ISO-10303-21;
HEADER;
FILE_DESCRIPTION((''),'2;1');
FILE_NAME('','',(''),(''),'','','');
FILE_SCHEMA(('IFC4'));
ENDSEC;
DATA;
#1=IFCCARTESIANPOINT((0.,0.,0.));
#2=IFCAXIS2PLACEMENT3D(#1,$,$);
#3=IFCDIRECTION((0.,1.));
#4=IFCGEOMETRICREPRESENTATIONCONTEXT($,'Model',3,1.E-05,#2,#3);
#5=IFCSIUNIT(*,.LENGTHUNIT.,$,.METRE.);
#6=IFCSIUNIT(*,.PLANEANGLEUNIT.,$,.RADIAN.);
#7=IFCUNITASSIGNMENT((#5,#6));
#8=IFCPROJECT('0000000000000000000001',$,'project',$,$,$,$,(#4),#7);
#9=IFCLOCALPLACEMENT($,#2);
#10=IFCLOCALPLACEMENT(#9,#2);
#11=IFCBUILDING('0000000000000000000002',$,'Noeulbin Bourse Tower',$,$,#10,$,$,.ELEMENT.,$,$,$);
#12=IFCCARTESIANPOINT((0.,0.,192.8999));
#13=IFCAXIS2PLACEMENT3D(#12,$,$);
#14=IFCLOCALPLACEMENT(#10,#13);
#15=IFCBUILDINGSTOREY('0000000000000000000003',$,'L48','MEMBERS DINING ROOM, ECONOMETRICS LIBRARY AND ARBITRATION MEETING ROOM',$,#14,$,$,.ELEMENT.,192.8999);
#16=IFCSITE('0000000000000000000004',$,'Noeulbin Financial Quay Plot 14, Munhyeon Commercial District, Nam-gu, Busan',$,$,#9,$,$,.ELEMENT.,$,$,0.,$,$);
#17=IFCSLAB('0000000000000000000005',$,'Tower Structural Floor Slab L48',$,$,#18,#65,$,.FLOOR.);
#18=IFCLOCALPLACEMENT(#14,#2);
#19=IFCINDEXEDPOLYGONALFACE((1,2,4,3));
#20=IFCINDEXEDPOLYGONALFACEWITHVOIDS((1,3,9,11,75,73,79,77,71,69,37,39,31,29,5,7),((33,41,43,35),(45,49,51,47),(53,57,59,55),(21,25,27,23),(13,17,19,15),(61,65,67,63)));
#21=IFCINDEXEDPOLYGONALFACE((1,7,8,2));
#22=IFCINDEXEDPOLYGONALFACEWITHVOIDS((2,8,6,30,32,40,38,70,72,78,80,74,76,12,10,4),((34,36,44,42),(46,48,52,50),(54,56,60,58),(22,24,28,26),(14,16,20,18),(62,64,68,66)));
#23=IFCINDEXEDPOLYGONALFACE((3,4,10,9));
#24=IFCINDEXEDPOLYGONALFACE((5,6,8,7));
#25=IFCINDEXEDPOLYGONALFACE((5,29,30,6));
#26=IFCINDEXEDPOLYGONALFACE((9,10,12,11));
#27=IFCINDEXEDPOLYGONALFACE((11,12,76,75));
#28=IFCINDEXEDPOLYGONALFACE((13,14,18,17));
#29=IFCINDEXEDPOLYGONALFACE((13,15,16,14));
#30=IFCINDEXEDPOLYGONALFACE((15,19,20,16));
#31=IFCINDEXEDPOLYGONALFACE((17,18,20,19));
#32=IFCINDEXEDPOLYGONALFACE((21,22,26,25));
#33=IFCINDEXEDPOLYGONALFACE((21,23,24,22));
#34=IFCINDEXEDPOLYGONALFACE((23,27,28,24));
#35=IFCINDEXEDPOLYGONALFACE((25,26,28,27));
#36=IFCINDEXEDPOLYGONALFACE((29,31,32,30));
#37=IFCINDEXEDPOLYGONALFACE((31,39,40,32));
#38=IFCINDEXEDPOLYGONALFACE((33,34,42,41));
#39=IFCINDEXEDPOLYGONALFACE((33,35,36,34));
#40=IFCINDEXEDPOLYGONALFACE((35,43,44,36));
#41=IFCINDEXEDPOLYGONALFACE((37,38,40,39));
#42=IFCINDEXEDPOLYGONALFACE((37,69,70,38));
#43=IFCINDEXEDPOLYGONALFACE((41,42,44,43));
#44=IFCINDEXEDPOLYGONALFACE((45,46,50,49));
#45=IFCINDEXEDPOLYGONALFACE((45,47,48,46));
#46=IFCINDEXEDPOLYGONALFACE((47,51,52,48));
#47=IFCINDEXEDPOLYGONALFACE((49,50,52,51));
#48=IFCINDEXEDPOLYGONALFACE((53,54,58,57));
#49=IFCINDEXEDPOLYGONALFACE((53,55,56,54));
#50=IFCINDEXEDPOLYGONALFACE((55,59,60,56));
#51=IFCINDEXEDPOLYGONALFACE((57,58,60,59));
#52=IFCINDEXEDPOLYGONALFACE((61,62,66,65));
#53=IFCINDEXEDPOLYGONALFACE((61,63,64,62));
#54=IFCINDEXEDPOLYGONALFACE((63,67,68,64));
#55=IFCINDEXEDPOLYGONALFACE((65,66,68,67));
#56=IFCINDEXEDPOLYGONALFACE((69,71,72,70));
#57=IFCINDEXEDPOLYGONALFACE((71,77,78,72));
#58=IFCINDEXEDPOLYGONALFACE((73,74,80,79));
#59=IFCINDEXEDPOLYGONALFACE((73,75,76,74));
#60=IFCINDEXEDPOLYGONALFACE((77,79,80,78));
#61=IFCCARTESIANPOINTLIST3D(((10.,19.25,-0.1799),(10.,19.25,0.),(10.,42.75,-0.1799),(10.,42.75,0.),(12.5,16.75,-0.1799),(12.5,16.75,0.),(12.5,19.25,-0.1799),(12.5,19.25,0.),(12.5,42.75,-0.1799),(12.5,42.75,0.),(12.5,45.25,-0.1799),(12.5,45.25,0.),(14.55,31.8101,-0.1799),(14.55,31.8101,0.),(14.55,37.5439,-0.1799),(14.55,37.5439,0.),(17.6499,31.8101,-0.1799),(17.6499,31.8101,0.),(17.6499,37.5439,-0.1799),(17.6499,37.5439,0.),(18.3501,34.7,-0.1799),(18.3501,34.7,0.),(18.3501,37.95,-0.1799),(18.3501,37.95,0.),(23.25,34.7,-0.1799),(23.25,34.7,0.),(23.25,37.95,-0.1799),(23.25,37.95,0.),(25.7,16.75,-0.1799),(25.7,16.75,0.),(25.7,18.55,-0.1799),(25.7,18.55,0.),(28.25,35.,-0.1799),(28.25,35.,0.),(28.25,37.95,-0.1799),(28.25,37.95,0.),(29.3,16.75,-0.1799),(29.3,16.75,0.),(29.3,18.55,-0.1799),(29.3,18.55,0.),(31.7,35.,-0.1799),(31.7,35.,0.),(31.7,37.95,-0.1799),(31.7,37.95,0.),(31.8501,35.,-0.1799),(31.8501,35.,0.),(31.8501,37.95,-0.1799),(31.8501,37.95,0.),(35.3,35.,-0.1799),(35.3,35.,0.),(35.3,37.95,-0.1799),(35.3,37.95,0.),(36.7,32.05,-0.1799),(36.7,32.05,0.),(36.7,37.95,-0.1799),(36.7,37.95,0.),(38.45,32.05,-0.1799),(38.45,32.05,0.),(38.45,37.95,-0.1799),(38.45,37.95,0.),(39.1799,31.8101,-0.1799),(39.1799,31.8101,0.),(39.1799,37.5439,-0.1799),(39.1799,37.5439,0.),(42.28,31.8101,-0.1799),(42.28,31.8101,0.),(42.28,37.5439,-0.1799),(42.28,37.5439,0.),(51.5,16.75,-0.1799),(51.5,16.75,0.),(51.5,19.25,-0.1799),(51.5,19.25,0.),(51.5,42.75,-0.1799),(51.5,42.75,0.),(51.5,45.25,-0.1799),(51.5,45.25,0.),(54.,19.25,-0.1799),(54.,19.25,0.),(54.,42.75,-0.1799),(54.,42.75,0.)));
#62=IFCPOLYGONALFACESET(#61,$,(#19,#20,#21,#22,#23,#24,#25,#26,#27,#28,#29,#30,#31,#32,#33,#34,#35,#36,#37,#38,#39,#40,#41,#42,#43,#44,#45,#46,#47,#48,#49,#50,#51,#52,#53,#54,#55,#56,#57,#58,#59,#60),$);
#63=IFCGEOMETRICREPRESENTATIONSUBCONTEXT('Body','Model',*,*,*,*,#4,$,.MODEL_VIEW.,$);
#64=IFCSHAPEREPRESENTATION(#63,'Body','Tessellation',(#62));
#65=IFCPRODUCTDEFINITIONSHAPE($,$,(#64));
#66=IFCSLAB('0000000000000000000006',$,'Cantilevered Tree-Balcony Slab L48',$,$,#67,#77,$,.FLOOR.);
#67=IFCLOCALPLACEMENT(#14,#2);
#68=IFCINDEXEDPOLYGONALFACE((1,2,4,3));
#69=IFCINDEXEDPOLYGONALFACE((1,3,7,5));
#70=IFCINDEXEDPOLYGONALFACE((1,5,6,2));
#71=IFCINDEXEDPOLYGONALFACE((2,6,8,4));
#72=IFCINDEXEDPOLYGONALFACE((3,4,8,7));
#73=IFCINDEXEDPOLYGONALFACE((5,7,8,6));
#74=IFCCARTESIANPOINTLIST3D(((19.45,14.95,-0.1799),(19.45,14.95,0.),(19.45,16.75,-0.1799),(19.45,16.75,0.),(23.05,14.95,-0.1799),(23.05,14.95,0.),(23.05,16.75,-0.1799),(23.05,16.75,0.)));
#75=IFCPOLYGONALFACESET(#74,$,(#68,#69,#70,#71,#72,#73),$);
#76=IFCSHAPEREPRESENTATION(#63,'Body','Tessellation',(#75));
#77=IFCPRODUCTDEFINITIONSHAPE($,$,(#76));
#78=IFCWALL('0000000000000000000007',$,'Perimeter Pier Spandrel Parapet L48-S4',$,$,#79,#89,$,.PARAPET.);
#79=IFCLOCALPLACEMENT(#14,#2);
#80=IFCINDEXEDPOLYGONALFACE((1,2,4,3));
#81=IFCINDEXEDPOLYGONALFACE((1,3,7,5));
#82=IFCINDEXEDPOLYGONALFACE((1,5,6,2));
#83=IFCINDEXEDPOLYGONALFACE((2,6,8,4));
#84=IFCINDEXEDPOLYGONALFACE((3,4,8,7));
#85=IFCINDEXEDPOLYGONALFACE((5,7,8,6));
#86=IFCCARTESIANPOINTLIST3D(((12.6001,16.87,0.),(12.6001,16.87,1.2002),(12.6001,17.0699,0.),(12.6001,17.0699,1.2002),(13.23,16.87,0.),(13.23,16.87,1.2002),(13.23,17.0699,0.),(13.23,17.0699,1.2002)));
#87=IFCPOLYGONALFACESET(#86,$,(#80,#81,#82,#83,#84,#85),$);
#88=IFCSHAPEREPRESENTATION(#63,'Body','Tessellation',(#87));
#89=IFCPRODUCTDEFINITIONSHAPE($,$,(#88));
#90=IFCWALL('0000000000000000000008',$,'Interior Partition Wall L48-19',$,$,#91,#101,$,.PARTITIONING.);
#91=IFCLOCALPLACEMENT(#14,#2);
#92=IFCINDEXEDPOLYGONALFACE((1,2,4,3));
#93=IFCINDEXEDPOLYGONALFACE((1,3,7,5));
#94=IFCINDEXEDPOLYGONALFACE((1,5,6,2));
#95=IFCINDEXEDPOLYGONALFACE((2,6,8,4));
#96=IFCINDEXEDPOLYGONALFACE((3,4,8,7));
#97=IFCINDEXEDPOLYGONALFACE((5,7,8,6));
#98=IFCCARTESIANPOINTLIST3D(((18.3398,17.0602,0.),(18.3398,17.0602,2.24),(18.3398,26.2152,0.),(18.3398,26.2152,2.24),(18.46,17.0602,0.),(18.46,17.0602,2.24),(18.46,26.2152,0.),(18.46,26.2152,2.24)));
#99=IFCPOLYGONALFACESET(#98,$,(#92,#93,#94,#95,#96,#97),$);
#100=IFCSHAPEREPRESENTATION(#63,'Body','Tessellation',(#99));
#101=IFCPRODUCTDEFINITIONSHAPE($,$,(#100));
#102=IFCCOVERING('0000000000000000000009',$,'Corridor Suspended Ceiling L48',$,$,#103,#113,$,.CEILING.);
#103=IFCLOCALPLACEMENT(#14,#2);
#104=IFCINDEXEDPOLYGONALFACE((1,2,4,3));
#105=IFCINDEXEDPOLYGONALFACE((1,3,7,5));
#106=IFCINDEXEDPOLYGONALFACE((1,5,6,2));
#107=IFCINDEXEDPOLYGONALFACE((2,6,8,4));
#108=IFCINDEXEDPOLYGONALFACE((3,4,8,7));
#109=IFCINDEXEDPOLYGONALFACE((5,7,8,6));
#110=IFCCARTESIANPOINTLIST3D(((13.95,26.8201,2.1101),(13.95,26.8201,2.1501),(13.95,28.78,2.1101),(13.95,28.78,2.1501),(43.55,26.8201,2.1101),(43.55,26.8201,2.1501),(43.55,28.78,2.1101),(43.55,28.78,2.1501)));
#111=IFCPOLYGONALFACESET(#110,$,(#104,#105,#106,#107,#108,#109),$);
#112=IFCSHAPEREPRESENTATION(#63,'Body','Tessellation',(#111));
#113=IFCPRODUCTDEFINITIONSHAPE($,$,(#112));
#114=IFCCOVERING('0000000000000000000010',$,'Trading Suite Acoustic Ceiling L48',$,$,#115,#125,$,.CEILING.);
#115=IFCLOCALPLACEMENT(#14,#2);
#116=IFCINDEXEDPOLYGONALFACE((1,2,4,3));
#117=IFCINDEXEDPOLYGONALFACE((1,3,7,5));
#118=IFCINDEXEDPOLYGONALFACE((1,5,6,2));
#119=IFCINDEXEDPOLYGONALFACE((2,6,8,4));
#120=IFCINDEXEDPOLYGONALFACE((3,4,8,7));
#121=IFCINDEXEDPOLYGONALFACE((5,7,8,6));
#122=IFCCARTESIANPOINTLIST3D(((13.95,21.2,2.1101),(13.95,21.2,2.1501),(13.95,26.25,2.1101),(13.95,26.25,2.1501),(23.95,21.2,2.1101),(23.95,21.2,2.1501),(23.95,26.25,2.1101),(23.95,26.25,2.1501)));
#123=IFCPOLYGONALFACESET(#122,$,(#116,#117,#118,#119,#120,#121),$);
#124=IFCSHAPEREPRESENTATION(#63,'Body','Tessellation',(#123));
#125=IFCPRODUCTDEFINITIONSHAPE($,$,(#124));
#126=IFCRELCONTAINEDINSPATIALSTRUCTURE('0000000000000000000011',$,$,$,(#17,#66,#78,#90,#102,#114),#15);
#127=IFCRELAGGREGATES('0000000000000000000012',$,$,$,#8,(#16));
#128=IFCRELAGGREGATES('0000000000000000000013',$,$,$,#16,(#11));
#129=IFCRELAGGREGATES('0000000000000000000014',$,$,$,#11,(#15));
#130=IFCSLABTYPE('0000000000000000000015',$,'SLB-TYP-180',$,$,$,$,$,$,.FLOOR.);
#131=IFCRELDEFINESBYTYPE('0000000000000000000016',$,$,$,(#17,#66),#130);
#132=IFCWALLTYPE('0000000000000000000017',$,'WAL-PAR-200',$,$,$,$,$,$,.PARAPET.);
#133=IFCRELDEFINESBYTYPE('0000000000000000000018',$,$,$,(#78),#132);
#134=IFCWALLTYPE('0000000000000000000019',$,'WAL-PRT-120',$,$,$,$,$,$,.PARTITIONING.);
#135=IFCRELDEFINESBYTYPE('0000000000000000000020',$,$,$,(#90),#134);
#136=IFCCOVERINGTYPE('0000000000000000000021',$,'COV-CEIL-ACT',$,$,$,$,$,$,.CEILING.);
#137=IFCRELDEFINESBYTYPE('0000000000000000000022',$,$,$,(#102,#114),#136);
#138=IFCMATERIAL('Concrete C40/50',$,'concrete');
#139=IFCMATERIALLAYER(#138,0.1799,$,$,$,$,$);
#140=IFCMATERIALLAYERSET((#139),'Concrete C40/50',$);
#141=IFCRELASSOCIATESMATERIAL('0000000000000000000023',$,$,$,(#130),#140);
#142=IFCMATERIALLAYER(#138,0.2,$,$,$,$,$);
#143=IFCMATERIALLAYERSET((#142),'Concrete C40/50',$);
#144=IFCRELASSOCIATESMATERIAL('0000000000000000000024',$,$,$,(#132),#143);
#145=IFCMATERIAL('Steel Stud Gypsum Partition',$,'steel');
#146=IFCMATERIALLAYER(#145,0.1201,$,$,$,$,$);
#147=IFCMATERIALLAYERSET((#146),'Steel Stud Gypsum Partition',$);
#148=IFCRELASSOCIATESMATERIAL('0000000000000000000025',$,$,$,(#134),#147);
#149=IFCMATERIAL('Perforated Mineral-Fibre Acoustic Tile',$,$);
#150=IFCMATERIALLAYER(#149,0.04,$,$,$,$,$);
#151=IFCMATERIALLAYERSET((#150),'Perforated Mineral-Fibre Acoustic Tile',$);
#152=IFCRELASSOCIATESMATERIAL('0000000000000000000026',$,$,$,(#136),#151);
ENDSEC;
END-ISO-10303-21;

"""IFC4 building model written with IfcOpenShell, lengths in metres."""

from ifc_helpers import new_model, si_unit, direction, frame, frame_2d, origin, place, context, subcontext, project, spatial, polyline, rectangle, outline, extrude, material, layer, layer_set, type_object, element, save


model = new_model("IFC4")

# Units and contexts
model_context = context("Model", 3, precision=1e-05, world=origin(), true_north=direction((0.0, 1.0)))
body_context = subcontext(model_context, "Body", "Model", "MODEL_VIEW")
ifc_project = project(units=[si_unit("LENGTHUNIT", "METRE"), si_unit("PLANEANGLEUNIT", "RADIAN")], contexts=[model_context])

# Site, building, storey
site_placement = place(None, origin())
site = spatial("IfcSite", under=ifc_project, at=site_placement, Name="Noeulbin Financial Quay Plot 14, Munhyeon Commercial District, Nam-gu, Busan", CompositionType="ELEMENT", RefElevation=0.0)
building_placement = place(site_placement, origin())
building = spatial("IfcBuilding", under=site, at=building_placement, Name="Noeulbin Bourse Tower", CompositionType="ELEMENT")
storey_placement = place(building_placement, frame((0.0, 0.0, 192.8999)))
storey = spatial("IfcBuildingStorey", under=building, at=storey_placement, Name="L48", Description="MEMBERS DINING ROOM, ECONOMETRICS LIBRARY AND ARBITRATION MEETING ROOM", CompositionType="ELEMENT", Elevation=192.8999)

# Shared definitions
ifc_material_1 = material(Name="Concrete C40/50", Category="concrete")

# Slab, openings
ifc_layer_1 = layer(ifc_material_1, 0.1799)
ifc_layer_set_1 = layer_set([ifc_layer_1], Name="Concrete C40/50")
slab_type_1 = type_object("IfcSlabType", Name="SLB-TYP-180", PredefinedType="FLOOR", material=ifc_layer_set_1)
slab_1_placement = place(storey_placement, frame((0.0, 0.0, -0.1799)))
slab_1 = element("IfcSlab", 1, at=slab_1_placement, inside=storey, type_object=slab_type_1, Name="Tower Structural Floor Slab L48", PredefinedType="FLOOR", context=body_context, shape_type="SweptSolid", body=[
    extrude(outline(polyline([(12.5, 16.75), (25.7, 16.75), (25.7, 18.55), (29.3, 18.55), (29.3, 16.75), (51.5, 16.75), (51.5, 19.25), (54.0, 19.25), (54.0, 42.75), (51.5, 42.75), (51.5, 45.25), (12.5, 45.25), (12.5, 42.75), (10.0, 42.75), (10.0, 19.25), (12.5, 19.25), (12.5, 16.75)]), holes=[polyline([(17.6499, 31.8101), (17.6499, 37.5439), (14.55, 37.5439), (14.55, 31.8101), (17.6499, 31.8101)]), polyline([(42.28, 31.8101), (42.28, 37.5439), (39.1799, 37.5439), (39.1799, 31.8101), (42.28, 31.8101)]), polyline([(18.3501, 34.7), (23.25, 34.7), (23.25, 37.95), (18.3501, 37.95), (18.3501, 34.7)]), polyline([(36.7, 32.05), (38.45, 32.05), (38.45, 37.95), (36.7, 37.95), (36.7, 32.05)]), polyline([(28.25, 35.0), (31.7, 35.0), (31.7, 37.95), (28.25, 37.95), (28.25, 35.0)]), polyline([(31.8501, 35.0), (35.3, 35.0), (35.3, 37.95), (31.8501, 37.95), (31.8501, 35.0)])]), origin(), (0.0, 0.0, 1.0), 0.1799),
])
opening_1_placement = place(slab_1_placement, frame((0.0, 0.0, -0.01)))
element("IfcOpeningElement", 2, at=opening_1_placement, cuts=slab_1, PredefinedType="OPENING", context=body_context, shape_type="SweptSolid", body=[
    extrude(outline(polyline([(17.6499, 31.8101), (17.6499, 37.5439), (14.55, 37.5439), (14.55, 31.8101), (17.6499, 31.8101)])), origin(), (0.0, 0.0, 1.0), 0.2),
])
opening_2_placement = place(slab_1_placement, frame((0.0, 0.0, -0.01)))
element("IfcOpeningElement", 3, at=opening_2_placement, cuts=slab_1, PredefinedType="OPENING", context=body_context, shape_type="SweptSolid", body=[
    extrude(outline(polyline([(42.28, 31.8101), (42.28, 37.5439), (39.1799, 37.5439), (39.1799, 31.8101), (42.28, 31.8101)])), origin(), (0.0, 0.0, 1.0), 0.2),
])
opening_3_placement = place(slab_1_placement, frame((0.0, 0.0, -0.01)))
element("IfcOpeningElement", 4, at=opening_3_placement, cuts=slab_1, PredefinedType="OPENING", context=body_context, shape_type="SweptSolid", body=[
    extrude(outline(polyline([(18.3501, 34.7), (23.25, 34.7), (23.25, 37.95), (18.3501, 37.95), (18.3501, 34.7)])), origin(), (0.0, 0.0, 1.0), 0.2),
])
opening_4_placement = place(slab_1_placement, frame((0.0, 0.0, -0.01)))
element("IfcOpeningElement", 5, at=opening_4_placement, cuts=slab_1, PredefinedType="OPENING", context=body_context, shape_type="SweptSolid", body=[
    extrude(outline(polyline([(36.7, 32.05), (38.45, 32.05), (38.45, 37.95), (36.7, 37.95), (36.7, 32.05)])), origin(), (0.0, 0.0, 1.0), 0.2),
])
opening_5_placement = place(slab_1_placement, frame((0.0, 0.0, -0.01)))
element("IfcOpeningElement", 6, at=opening_5_placement, cuts=slab_1, PredefinedType="OPENING", context=body_context, shape_type="SweptSolid", body=[
    extrude(outline(polyline([(28.25, 35.0), (31.7, 35.0), (31.7, 37.95), (28.25, 37.95), (28.25, 35.0)])), origin(), (0.0, 0.0, 1.0), 0.2),
])
opening_6_placement = place(slab_1_placement, frame((0.0, 0.0, -0.01)))
element("IfcOpeningElement", 7, at=opening_6_placement, cuts=slab_1, PredefinedType="OPENING", context=body_context, shape_type="SweptSolid", body=[
    extrude(outline(polyline([(31.8501, 35.0), (35.3, 35.0), (35.3, 37.95), (31.8501, 37.95), (31.8501, 35.0)])), origin(), (0.0, 0.0, 1.0), 0.2),
])

# Slab
slab_2_placement = place(storey_placement, frame((0.0, 0.0, -0.1799)))
element("IfcSlab", 8, at=slab_2_placement, inside=storey, type_object=slab_type_1, Name="Cantilevered Tree-Balcony Slab L48", PredefinedType="FLOOR", context=body_context, shape_type="SweptSolid", body=[
    extrude(outline(polyline([(19.45, 14.95), (23.05, 14.95), (23.05, 16.75), (19.45, 16.75), (19.45, 14.95)])), origin(), (0.0, 0.0, 1.0), 0.1799),
])

# Walls
ifc_layer_2 = layer(ifc_material_1, 0.2)
ifc_layer_set_2 = layer_set([ifc_layer_2], Name="Concrete C40/50")
wall_type_1 = type_object("IfcWallType", Name="WAL-PAR-200", PredefinedType="PARAPET", material=ifc_layer_set_2)
wall_1_placement = place(storey_placement, frame((12.6001, 16.97, 0.0), z_axis=(0.0, 0.0, 1.0), x_axis=(1.0, 0.0, 0.0)))
element("IfcWall", 9, at=wall_1_placement, inside=storey, type_object=wall_type_1, Name="Perimeter Pier Spandrel Parapet L48-S4", PredefinedType="PARAPET", context=body_context, shape_type="SweptSolid", body=[
    extrude(rectangle(XDim=0.6299, YDim=0.2, at=frame_2d((0.3149, 0.0))), origin(), (0.0, 0.0, 1.0), 1.2002),
])
ifc_material_2 = material(Name="Steel Stud Gypsum Partition", Category="steel")
ifc_layer_3 = layer(ifc_material_2, 0.1201)
ifc_layer_set_3 = layer_set([ifc_layer_3], Name="Steel Stud Gypsum Partition")
wall_type_2 = type_object("IfcWallType", Name="WAL-PRT-120", PredefinedType="PARTITIONING", material=ifc_layer_set_3)
wall_2_placement = place(storey_placement, frame((18.3999, 17.0601, 0.0), z_axis=(0.0, 0.0, 1.0), x_axis=(0.0, 1.0, 0.0)))
element("IfcWall", 10, at=wall_2_placement, inside=storey, type_object=wall_type_2, Name="Interior Partition Wall L48-19", PredefinedType="PARTITIONING", context=body_context, shape_type="SweptSolid", body=[
    extrude(rectangle(XDim=9.155, YDim=0.1201, at=frame_2d((4.5776, 0.0))), origin(), (0.0, 0.0, 1.0), 2.24),
])

# Coverings
ifc_material_3 = material(Name="Perforated Mineral-Fibre Acoustic Tile")
ifc_layer_4 = layer(ifc_material_3, 0.04)
ifc_layer_set_4 = layer_set([ifc_layer_4], Name="Perforated Mineral-Fibre Acoustic Tile")
covering_type = type_object("IfcCoveringType", Name="COV-CEIL-ACT", PredefinedType="CEILING", material=ifc_layer_set_4)
covering_1_placement = place(storey_placement, frame((0.0, 0.0, 2.1101)))
element("IfcCovering", 11, at=covering_1_placement, inside=storey, type_object=covering_type, Name="Corridor Suspended Ceiling L48", PredefinedType="CEILING", context=body_context, shape_type="SweptSolid", body=[
    extrude(outline(polyline([(13.95, 26.8201), (43.55, 26.8201), (43.55, 28.78), (13.95, 28.78), (13.95, 26.8201)])), origin(), (0.0, 0.0, 1.0), 0.04),
])
covering_2_placement = place(storey_placement, frame((0.0, 0.0, 2.1101)))
element("IfcCovering", 12, at=covering_2_placement, inside=storey, type_object=covering_type, Name="Trading Suite Acoustic Ceiling L48", PredefinedType="CEILING", context=body_context, shape_type="SweptSolid", body=[
    extrude(outline(polyline([(13.95, 21.2), (23.95, 21.2), (23.95, 26.25), (13.95, 26.25), (13.95, 21.2)])), origin(), (0.0, 0.0, 1.0), 0.04),
])

save(model, "model.ifc")
